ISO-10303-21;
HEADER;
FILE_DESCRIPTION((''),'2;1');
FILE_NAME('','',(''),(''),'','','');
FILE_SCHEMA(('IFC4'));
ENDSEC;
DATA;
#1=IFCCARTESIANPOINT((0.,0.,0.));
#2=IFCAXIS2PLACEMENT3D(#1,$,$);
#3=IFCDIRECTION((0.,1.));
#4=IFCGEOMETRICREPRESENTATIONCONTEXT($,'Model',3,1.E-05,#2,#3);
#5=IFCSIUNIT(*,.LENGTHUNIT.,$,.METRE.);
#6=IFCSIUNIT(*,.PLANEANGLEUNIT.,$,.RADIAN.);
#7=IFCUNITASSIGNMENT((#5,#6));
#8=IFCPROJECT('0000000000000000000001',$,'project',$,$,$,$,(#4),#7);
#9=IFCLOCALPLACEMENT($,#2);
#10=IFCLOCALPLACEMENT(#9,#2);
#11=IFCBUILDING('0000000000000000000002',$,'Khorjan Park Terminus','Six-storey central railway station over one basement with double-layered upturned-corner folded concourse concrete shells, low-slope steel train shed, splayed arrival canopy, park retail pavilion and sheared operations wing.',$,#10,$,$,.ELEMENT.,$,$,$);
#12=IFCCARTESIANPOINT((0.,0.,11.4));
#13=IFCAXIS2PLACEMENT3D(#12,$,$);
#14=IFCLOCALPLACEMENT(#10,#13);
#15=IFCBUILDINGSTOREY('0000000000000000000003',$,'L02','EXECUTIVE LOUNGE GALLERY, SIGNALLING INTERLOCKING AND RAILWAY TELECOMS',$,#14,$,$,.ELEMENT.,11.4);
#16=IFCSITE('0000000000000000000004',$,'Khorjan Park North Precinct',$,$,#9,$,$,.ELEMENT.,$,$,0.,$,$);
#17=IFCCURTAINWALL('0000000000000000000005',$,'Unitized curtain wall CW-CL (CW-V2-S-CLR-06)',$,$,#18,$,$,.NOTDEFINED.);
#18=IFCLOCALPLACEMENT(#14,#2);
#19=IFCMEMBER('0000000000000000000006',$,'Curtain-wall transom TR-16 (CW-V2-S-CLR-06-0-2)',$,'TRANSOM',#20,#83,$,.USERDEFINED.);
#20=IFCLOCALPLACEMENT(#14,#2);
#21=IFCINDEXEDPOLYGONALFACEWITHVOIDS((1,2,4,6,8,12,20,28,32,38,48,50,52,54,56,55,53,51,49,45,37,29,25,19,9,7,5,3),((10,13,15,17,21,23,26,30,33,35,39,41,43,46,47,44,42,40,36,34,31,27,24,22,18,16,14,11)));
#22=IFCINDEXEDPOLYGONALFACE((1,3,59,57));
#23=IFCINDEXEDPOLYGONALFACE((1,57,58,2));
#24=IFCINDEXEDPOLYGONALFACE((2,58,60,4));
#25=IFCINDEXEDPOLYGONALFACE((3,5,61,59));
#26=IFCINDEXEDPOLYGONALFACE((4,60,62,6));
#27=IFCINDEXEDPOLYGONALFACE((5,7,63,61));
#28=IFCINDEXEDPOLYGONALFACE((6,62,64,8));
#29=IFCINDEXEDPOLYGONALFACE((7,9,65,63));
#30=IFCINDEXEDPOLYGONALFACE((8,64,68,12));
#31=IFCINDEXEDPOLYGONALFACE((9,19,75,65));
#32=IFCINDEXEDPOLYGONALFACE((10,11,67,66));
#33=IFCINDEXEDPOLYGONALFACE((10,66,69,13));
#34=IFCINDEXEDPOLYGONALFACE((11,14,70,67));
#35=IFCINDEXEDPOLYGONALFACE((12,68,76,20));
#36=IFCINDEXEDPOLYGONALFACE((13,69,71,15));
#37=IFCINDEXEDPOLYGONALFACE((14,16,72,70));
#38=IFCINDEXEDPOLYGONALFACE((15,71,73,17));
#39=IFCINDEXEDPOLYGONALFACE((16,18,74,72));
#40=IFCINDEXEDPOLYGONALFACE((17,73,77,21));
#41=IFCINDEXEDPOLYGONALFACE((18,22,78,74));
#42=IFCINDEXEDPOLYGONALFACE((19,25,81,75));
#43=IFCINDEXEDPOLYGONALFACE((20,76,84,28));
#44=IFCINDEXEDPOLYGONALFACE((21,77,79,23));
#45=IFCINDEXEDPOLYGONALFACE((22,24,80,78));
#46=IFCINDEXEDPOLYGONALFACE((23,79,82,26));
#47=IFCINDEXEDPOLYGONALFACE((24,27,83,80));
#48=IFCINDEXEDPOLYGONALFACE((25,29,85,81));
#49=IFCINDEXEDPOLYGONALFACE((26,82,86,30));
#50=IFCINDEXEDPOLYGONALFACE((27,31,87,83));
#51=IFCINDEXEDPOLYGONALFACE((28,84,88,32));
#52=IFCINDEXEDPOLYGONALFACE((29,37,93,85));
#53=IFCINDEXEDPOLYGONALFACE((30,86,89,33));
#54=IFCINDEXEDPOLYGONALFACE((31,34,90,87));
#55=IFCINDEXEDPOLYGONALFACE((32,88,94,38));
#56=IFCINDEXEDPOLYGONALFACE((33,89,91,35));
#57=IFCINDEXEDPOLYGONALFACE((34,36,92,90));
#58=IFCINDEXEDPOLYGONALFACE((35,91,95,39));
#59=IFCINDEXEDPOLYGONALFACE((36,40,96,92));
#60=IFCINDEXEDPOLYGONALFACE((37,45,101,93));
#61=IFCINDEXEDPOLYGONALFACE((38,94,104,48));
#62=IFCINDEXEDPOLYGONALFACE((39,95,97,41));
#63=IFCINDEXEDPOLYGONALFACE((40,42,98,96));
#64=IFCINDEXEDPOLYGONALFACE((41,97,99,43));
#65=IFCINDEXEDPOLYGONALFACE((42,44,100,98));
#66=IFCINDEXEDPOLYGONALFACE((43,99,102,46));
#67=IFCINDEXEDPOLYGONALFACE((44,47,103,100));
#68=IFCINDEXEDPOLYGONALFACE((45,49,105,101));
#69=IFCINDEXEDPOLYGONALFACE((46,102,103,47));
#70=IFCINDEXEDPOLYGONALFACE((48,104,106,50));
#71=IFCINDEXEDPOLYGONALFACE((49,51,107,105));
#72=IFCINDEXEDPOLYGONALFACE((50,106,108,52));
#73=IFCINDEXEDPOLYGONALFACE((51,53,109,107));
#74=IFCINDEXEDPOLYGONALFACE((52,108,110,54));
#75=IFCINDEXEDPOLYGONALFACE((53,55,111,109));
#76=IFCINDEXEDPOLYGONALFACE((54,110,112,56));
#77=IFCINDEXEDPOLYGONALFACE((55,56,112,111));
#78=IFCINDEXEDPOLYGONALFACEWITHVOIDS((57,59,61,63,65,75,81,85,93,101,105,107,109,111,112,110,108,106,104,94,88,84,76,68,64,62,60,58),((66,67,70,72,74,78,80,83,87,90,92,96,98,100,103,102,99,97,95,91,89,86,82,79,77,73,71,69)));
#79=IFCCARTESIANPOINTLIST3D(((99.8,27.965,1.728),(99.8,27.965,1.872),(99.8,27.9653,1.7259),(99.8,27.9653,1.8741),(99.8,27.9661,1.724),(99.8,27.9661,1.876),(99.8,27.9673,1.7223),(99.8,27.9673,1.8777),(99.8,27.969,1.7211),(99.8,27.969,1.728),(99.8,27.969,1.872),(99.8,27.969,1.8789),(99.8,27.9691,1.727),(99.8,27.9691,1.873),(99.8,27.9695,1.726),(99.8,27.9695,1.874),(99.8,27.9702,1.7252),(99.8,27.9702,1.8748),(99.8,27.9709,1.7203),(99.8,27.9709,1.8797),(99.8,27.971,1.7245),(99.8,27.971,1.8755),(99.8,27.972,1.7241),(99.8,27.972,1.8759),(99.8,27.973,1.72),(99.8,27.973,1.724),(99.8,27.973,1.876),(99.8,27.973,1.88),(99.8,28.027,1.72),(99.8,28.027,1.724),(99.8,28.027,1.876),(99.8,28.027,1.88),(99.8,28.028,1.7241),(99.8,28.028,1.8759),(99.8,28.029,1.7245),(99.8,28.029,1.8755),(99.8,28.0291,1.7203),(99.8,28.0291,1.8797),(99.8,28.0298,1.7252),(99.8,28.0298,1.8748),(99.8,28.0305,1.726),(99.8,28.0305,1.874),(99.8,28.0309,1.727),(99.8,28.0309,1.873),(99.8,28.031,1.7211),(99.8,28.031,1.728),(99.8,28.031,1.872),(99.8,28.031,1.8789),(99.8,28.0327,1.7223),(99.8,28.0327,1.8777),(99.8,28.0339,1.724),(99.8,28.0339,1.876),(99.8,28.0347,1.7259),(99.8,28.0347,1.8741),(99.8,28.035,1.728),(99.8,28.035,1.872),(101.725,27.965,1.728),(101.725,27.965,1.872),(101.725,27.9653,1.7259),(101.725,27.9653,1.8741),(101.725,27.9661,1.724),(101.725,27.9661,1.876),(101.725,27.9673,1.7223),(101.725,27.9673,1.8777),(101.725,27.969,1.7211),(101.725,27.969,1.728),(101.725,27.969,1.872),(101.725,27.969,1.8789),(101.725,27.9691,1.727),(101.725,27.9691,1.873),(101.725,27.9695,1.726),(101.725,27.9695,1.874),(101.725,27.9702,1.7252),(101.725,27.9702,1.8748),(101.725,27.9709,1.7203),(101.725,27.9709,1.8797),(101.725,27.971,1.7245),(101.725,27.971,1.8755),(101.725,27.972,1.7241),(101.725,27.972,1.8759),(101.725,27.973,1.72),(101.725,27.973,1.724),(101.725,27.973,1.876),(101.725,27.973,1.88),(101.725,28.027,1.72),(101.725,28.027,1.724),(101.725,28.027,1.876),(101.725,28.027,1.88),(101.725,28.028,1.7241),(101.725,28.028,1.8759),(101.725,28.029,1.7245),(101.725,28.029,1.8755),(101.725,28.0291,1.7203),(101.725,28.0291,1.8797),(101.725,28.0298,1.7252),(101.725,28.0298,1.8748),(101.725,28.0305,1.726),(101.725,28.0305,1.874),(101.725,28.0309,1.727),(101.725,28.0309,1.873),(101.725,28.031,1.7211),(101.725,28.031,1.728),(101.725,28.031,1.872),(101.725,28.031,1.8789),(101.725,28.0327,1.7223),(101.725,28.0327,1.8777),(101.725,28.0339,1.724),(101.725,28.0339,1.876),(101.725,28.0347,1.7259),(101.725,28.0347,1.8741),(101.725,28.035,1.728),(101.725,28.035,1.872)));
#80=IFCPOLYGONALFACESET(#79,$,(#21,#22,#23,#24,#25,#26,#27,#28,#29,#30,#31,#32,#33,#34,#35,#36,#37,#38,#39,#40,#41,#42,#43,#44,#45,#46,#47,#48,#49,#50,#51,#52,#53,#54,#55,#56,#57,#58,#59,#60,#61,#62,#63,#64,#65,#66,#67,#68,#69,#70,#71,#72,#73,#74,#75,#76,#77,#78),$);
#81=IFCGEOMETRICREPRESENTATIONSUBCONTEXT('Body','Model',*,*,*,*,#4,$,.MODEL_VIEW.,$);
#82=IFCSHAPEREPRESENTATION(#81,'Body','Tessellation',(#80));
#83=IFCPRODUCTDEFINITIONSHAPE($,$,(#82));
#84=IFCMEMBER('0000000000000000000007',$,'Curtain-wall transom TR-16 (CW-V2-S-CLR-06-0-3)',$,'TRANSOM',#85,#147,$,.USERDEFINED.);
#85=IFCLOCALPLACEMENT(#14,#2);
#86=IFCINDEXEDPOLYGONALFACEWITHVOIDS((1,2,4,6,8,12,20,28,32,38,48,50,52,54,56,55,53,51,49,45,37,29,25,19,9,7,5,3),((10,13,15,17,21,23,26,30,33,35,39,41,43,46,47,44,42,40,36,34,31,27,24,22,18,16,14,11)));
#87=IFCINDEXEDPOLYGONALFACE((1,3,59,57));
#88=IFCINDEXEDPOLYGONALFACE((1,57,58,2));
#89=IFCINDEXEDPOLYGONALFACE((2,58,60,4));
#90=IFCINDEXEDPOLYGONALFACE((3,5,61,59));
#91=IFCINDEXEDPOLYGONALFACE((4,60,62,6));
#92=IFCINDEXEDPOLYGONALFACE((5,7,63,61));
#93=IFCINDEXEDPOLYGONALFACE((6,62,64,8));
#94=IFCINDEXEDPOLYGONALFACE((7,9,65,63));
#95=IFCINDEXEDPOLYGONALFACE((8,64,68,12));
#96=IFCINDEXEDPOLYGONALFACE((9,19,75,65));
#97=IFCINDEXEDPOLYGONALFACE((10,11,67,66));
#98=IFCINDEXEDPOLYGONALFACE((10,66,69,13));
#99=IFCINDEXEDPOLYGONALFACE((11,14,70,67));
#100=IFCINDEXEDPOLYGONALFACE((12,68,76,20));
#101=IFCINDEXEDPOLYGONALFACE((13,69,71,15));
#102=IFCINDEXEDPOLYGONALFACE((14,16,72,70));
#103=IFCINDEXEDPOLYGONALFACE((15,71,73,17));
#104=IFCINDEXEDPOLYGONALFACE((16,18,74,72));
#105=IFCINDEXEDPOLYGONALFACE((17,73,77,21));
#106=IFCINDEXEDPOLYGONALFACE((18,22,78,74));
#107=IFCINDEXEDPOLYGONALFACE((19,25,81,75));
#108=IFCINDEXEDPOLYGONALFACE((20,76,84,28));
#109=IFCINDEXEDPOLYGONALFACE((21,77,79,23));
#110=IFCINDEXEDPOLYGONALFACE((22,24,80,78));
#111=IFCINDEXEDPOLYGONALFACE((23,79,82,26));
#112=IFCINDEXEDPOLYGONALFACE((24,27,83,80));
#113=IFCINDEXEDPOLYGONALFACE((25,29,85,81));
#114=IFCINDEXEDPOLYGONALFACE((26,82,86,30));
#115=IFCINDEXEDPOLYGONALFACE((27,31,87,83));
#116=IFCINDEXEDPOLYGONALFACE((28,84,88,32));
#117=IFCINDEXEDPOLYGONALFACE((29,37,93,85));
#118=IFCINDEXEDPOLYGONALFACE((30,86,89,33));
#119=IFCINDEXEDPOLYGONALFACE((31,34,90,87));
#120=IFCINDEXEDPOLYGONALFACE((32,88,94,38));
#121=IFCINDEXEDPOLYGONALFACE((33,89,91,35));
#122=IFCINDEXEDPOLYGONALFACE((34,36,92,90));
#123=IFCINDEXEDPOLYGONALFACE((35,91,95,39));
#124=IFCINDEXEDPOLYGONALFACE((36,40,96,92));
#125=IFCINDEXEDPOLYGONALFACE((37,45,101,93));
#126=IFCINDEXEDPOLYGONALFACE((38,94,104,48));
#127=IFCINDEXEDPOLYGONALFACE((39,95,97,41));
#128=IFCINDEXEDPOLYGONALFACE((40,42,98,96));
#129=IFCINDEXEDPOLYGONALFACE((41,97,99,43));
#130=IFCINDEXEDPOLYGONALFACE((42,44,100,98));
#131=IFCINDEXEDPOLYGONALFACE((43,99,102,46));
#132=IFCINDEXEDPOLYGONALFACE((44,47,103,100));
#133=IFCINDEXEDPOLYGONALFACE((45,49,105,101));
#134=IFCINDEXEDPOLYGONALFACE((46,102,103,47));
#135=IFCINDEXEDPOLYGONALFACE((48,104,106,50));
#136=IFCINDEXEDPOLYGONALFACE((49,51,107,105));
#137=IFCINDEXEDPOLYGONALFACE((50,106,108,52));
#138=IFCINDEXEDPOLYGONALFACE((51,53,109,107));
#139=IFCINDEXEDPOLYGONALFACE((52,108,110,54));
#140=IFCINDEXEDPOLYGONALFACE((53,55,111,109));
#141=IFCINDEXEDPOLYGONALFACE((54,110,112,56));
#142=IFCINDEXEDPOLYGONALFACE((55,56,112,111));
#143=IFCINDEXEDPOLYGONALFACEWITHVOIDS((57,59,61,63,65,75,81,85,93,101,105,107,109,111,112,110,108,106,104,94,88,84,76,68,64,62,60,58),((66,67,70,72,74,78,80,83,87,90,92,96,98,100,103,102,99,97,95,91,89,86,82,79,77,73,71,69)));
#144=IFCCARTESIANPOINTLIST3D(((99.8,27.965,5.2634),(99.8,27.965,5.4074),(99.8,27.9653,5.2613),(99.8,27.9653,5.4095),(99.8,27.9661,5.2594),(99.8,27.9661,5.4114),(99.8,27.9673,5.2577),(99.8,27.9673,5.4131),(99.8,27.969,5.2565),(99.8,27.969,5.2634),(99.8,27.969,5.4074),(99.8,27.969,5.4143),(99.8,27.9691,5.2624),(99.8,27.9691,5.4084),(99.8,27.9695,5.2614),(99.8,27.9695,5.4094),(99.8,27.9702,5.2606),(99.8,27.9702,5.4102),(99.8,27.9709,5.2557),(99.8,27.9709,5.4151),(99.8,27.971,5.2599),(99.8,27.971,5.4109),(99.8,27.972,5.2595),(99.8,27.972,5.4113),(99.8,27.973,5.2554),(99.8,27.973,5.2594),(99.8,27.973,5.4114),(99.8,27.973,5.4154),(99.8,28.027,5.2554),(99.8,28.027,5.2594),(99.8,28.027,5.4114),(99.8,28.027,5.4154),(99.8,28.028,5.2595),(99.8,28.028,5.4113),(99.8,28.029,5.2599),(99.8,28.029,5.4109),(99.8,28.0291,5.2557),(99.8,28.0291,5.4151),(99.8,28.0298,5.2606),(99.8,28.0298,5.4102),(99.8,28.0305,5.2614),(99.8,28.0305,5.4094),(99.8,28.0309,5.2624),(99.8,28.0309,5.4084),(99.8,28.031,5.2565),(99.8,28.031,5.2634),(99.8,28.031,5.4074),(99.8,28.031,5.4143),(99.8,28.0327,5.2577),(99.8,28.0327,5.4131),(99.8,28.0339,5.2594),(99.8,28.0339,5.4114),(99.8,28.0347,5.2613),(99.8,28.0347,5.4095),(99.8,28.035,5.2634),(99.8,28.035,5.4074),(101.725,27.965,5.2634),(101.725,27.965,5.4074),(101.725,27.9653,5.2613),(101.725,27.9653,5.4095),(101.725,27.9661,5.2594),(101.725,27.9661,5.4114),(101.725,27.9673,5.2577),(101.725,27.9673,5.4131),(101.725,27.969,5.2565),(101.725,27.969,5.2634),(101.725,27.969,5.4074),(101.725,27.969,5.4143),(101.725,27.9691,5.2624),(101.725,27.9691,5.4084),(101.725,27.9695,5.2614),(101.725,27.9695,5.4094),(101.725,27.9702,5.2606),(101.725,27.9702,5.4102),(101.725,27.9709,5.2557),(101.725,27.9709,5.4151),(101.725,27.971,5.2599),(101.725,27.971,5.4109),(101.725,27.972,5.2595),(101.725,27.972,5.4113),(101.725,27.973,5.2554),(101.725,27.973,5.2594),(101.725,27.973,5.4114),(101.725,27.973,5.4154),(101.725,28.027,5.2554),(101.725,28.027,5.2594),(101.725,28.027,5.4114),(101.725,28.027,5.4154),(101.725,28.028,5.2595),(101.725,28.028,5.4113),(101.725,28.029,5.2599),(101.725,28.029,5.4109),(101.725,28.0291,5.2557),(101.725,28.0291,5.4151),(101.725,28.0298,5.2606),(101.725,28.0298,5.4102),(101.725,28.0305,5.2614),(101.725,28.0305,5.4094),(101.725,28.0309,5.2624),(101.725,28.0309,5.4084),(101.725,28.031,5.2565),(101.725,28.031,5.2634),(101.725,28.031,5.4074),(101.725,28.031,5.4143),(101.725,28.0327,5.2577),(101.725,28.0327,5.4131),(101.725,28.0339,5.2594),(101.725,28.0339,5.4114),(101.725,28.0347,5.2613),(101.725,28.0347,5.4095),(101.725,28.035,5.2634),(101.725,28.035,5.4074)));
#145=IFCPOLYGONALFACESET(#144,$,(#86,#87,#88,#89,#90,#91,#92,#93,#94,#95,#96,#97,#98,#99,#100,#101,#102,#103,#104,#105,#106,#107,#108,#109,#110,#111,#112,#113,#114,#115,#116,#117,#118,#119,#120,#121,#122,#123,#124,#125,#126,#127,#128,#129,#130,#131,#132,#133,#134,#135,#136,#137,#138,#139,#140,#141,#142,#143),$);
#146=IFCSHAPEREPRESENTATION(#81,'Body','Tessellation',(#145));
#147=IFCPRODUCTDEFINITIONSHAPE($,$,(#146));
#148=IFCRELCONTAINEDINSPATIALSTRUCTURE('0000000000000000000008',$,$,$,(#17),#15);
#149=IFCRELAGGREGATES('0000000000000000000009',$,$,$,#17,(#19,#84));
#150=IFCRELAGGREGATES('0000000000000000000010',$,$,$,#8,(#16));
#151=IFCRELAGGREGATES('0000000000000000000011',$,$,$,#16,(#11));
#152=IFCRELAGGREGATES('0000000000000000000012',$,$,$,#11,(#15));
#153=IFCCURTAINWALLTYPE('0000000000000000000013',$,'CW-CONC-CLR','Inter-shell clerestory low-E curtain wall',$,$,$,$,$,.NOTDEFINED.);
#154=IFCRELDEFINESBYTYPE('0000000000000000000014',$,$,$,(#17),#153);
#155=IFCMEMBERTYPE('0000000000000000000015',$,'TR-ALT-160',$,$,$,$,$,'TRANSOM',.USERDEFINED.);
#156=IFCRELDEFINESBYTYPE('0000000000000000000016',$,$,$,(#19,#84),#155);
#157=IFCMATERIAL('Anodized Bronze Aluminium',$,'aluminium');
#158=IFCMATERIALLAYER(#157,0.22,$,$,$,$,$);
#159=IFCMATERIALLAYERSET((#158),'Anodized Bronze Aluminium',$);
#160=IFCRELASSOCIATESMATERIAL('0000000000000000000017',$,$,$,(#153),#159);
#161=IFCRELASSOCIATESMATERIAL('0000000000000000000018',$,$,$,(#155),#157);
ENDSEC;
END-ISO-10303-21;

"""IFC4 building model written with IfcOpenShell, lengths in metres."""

from ifc_helpers import new_model, si_unit, direction, frame, origin, origin_2d, place, context, subcontext, project, spatial, hollow_rectangle, extrude, material, layer, layer_set, material_profile, profile_set, type_object, element, aggregate, save


model = new_model("IFC4")

# Units and contexts
model_context = context("Model", 3, precision=1e-05, world=origin(), true_north=direction((0.0, 1.0)))
body_context = subcontext(model_context, "Body", "Model", "MODEL_VIEW")
ifc_project = project(units=[si_unit("LENGTHUNIT", "METRE"), si_unit("PLANEANGLEUNIT", "RADIAN")], contexts=[model_context])

# Site, building, storey
site_placement = place(None, origin())
site = spatial("IfcSite", under=ifc_project, at=site_placement, Name="Khorjan Park North Precinct", CompositionType="ELEMENT", RefElevation=0.0)
building_placement = place(site_placement, origin())
building = spatial("IfcBuilding", under=site, at=building_placement, Name="Khorjan Park Terminus", Description="Six-storey central railway station over one basement with double-layered upturned-corner folded concourse concrete shells, low-slope steel train shed, splayed arrival canopy, park retail pavilion and sheared operations wing.", CompositionType="ELEMENT")
storey_placement = place(building_placement, frame((0.0, 0.0, 11.4)))
storey = spatial("IfcBuildingStorey", under=building, at=storey_placement, Name="L02", Description="EXECUTIVE LOUNGE GALLERY, SIGNALLING INTERLOCKING AND RAILWAY TELECOMS", CompositionType="ELEMENT", Elevation=11.4)

# Curtain wall
ifc_material_1 = material(Name="Anodized Bronze Aluminium", Category="aluminium")
ifc_layer_1 = layer(ifc_material_1, 0.22)
ifc_layer_set_1 = layer_set([ifc_layer_1], Name="Anodized Bronze Aluminium")
curtain_wall_type = type_object("IfcCurtainWallType", Name="CW-CONC-CLR", Description="Inter-shell clerestory low-E curtain wall", PredefinedType="NOTDEFINED", material=ifc_layer_set_1)
curtain_wall_1_placement = place(storey_placement, origin())
curtain_wall_1 = element("IfcCurtainWall", 1, at=curtain_wall_1_placement, inside=storey, type_object=curtain_wall_type, Name="Unitized curtain wall CW-CL (CW-V2-S-CLR-06)", PredefinedType="NOTDEFINED")

# Members
ifc_material_profile_1 = material_profile(ifc_material_1, hollow_rectangle(XDim=0.07, YDim=0.16, WallThickness=0.004, InnerFilletRadius=0.004, OuterFilletRadius=0.008, at=origin_2d()), Name="ALT 70x160x4")
ifc_profile_set_1 = profile_set([ifc_material_profile_1], Name="Anodized Bronze Aluminium")
member_type_1 = type_object("IfcMemberType", Name="TR-ALT-160", ElementType="TRANSOM", PredefinedType="USERDEFINED", material=ifc_profile_set_1)
member_1_placement = place(storey_placement, frame((99.8, 28.0, 1.8), z_axis=(1.0, 0.0, 0.0), x_axis=(0.0, 1.0, 0.0)))
member_1 = element("IfcMember", 2, at=member_1_placement, type_object=member_type_1, Name="Curtain-wall transom TR-16 (CW-V2-S-CLR-06-0-2)", ObjectType="TRANSOM", PredefinedType="USERDEFINED", context=body_context, shape_type="SweptSolid", body=[
    extrude(hollow_rectangle(XDim=0.07, YDim=0.16, WallThickness=0.004, InnerFilletRadius=0.004, OuterFilletRadius=0.008, at=origin_2d()), origin(), (0.0, 0.0, 1.0), 1.925),
])
member_2_placement = place(storey_placement, frame((99.8, 28.0, 5.3354), z_axis=(1.0, 0.0, 0.0), x_axis=(0.0, 1.0, 0.0)))
member_2 = element("IfcMember", 3, at=member_2_placement, type_object=member_type_1, Name="Curtain-wall transom TR-16 (CW-V2-S-CLR-06-0-3)", ObjectType="TRANSOM", PredefinedType="USERDEFINED", context=body_context, shape_type="SweptSolid", body=[
    extrude(hollow_rectangle(XDim=0.07, YDim=0.16, WallThickness=0.004, InnerFilletRadius=0.004, OuterFilletRadius=0.008, at=origin_2d()), origin(), (0.0, 0.0, 1.0), 1.925),
])

aggregate(curtain_wall_1, [member_1, member_2])

save(model, "model.ifc")
